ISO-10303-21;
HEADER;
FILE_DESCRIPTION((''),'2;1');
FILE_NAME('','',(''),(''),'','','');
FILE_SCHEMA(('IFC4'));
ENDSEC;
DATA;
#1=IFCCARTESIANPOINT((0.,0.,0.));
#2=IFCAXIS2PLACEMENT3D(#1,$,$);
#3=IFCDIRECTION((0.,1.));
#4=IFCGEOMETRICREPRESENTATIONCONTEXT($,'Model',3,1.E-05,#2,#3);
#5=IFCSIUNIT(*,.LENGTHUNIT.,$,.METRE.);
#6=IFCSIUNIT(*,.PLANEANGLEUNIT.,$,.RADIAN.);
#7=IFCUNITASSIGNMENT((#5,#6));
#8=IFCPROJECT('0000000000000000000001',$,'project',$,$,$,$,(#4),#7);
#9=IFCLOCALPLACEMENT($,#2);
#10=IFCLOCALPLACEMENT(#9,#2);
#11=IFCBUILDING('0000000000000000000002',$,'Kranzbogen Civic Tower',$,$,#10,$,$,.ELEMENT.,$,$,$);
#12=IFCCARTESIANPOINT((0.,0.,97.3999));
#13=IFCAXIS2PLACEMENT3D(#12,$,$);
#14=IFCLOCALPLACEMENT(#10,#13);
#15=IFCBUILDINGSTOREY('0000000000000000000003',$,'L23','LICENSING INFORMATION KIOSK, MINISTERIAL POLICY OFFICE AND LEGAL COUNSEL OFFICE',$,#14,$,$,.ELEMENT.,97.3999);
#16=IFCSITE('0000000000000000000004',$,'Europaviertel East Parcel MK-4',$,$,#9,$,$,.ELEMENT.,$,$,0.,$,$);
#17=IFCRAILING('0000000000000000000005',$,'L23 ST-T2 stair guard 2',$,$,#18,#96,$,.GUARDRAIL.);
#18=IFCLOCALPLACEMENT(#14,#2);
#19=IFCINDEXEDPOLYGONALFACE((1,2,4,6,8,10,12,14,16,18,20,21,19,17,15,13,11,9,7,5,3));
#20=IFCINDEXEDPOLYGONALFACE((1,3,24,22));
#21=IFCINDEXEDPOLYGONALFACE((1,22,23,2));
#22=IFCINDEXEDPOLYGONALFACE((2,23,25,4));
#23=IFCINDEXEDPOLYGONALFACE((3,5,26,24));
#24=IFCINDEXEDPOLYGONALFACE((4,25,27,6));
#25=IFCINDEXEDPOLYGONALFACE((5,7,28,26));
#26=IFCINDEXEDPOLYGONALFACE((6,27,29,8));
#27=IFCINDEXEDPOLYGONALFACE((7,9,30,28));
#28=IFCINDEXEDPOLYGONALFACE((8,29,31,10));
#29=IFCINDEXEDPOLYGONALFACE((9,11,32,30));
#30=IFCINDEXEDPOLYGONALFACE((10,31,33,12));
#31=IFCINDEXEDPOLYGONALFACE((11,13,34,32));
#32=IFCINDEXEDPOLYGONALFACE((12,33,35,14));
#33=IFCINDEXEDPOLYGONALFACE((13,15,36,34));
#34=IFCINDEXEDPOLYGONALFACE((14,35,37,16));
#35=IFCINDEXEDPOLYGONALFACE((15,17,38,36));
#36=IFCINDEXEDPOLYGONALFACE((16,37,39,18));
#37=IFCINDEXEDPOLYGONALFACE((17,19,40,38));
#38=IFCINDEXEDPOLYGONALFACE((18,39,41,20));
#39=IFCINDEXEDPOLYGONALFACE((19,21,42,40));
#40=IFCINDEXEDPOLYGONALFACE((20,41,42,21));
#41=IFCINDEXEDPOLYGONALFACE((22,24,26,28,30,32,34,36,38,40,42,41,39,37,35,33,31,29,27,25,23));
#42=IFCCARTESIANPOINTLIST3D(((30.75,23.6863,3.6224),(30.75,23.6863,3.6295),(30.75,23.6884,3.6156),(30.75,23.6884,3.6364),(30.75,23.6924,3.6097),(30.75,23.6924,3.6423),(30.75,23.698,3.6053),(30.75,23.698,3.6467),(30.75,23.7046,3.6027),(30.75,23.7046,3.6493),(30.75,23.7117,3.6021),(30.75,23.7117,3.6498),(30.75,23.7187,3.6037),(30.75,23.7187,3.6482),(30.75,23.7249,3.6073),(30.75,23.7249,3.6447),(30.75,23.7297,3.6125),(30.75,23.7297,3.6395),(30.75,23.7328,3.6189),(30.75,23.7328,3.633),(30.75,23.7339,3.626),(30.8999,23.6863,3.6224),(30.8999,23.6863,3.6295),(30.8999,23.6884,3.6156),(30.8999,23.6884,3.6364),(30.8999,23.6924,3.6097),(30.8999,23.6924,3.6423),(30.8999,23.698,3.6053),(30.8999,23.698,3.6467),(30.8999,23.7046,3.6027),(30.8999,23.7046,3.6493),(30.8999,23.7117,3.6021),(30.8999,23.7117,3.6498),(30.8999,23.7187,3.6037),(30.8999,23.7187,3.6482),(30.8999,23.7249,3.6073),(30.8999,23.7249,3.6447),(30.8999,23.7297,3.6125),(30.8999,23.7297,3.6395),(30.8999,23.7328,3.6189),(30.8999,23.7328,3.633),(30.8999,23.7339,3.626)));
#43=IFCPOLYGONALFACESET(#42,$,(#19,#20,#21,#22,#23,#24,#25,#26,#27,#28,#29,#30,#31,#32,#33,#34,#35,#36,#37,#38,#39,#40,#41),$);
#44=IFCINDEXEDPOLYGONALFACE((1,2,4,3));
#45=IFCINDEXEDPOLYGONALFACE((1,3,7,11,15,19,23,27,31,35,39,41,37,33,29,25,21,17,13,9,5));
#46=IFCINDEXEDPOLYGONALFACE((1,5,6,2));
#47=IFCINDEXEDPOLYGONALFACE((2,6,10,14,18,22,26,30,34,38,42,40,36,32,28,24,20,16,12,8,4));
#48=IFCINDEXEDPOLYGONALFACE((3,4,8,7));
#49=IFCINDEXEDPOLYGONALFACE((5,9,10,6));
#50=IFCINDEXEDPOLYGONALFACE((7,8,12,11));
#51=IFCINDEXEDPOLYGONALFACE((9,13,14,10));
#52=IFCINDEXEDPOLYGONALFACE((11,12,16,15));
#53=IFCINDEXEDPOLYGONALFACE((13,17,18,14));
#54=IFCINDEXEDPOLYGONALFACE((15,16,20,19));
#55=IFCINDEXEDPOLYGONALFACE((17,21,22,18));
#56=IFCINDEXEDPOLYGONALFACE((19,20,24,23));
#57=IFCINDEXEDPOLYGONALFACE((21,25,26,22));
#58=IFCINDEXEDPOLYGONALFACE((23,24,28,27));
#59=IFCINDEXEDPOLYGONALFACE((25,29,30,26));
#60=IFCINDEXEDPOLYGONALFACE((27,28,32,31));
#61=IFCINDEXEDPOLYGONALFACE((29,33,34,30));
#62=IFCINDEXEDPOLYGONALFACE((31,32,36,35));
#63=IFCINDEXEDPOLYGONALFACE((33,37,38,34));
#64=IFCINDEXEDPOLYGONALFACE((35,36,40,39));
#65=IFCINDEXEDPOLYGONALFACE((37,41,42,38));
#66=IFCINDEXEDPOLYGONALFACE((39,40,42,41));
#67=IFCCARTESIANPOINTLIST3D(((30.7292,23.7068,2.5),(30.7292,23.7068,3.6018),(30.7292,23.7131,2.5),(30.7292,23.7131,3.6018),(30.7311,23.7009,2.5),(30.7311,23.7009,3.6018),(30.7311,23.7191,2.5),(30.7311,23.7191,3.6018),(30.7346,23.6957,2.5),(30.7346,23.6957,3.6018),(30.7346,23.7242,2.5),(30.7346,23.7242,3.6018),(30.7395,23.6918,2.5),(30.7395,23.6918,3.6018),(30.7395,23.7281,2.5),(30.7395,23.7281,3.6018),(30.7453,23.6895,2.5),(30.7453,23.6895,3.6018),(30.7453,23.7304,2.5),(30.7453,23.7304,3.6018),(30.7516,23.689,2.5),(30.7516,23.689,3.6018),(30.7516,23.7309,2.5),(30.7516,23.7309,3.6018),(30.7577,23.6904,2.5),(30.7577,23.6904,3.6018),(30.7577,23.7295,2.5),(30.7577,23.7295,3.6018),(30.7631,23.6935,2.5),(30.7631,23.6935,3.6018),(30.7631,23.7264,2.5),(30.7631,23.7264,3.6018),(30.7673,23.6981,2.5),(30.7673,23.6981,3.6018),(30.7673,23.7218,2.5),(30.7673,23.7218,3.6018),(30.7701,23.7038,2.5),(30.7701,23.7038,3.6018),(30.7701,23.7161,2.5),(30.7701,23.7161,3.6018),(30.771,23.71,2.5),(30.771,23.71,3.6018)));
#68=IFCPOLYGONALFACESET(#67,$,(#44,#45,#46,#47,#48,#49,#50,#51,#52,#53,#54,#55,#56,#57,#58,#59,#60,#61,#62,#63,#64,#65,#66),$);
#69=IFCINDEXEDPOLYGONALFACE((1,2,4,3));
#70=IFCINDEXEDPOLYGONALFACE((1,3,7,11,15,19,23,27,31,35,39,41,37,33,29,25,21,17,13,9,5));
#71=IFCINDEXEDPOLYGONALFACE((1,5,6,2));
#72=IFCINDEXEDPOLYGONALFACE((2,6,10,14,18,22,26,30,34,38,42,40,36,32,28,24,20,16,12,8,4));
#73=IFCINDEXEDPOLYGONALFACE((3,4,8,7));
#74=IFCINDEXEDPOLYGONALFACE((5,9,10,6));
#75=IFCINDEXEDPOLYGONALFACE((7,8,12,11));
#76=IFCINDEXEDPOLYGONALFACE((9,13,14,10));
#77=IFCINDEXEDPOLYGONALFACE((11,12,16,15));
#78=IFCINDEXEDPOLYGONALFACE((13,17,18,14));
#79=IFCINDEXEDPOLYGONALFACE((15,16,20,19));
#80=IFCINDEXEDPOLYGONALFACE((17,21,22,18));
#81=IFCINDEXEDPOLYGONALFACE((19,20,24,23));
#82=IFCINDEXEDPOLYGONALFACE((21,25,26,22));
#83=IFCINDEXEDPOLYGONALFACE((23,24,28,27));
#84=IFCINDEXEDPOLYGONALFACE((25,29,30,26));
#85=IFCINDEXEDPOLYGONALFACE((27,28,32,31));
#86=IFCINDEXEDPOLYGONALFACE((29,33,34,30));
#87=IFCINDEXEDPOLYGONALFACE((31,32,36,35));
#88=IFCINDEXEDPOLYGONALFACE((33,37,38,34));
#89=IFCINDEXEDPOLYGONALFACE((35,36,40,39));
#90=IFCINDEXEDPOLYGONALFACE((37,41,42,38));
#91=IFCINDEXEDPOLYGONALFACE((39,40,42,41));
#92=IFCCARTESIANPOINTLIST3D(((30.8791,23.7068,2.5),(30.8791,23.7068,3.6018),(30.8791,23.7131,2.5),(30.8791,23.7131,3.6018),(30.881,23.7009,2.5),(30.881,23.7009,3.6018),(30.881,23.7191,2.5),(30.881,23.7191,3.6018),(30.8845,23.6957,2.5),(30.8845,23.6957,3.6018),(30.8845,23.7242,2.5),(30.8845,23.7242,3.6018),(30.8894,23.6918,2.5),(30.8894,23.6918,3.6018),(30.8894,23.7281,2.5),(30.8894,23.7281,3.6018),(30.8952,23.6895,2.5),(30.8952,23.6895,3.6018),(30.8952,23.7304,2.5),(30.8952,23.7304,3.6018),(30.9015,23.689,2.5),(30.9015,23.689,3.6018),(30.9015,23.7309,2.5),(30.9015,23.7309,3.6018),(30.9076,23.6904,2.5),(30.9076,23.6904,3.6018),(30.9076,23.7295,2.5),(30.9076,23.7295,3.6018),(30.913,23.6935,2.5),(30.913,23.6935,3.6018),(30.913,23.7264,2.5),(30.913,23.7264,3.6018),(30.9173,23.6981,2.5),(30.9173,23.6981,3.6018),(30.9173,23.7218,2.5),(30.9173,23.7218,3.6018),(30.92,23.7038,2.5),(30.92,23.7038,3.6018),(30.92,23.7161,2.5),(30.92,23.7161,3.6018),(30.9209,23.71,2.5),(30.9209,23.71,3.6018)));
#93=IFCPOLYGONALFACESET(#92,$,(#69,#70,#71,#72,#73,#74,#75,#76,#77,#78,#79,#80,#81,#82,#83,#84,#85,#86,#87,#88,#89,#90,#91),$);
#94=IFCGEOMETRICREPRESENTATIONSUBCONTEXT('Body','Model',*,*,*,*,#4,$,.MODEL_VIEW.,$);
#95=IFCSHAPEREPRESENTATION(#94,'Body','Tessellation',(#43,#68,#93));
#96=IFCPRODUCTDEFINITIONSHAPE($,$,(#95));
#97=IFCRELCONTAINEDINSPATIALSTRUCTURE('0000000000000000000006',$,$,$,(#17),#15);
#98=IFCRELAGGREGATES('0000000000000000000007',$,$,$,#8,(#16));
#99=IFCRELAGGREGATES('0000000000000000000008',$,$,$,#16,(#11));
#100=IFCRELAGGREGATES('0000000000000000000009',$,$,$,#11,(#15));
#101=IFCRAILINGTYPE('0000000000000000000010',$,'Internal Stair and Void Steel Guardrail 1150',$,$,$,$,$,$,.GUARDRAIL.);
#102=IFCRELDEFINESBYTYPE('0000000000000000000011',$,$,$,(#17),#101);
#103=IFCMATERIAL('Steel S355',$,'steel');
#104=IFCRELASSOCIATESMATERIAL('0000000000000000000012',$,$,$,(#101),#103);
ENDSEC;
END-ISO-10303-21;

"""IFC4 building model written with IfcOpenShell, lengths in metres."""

from ifc_helpers import new_model, si_unit, direction, frame, origin, origin_2d, place, context, subcontext, project, spatial, circle, extrude, material, type_object, element, save


model = new_model("IFC4")

# Units and contexts
model_context = context("Model", 3, precision=1e-05, world=origin(), true_north=direction((0.0, 1.0)))
body_context = subcontext(model_context, "Body", "Model", "MODEL_VIEW")
ifc_project = project(units=[si_unit("LENGTHUNIT", "METRE"), si_unit("PLANEANGLEUNIT", "RADIAN")], contexts=[model_context])

# Site, building, storey
site_placement = place(None, origin())
site = spatial("IfcSite", under=ifc_project, at=site_placement, Name="Europaviertel East Parcel MK-4", CompositionType="ELEMENT", RefElevation=0.0)
building_placement = place(site_placement, origin())
building = spatial("IfcBuilding", under=site, at=building_placement, Name="Kranzbogen Civic Tower", CompositionType="ELEMENT")
storey_placement = place(building_placement, frame((0.0, 0.0, 97.3999)))
storey = spatial("IfcBuildingStorey", under=building, at=storey_placement, Name="L23", Description="LICENSING INFORMATION KIOSK, MINISTERIAL POLICY OFFICE AND LEGAL COUNSEL OFFICE", CompositionType="ELEMENT", Elevation=97.3999)

# Shared definitions
ifc_material_1 = material(Name="Steel S355", Category="steel")

# Railing
railing_type_1 = type_object("IfcRailingType", Name="Internal Stair and Void Steel Guardrail 1150", PredefinedType="GUARDRAIL", material=ifc_material_1)
railing_1_placement = place(storey_placement, frame((30.75, 23.71, 2.5)))
element("IfcRailing", 1, at=railing_1_placement, inside=storey, type_object=railing_type_1, Name="L23 ST-T2 stair guard 2", PredefinedType="GUARDRAIL", context=body_context, shape_type="SweptSolid", body=[
    extrude(circle(Radius=0.0239, at=origin_2d()), frame((0.0, 0.0, 1.126), z_axis=(1.0, 0.0, 0.0), x_axis=(0.0, 1.0, 0.0)), (0.0, 0.0, 1.0), 0.1499),
    extrude(circle(Radius=0.021, at=origin_2d()), origin(), (0.0, 0.0, 1.0), 1.1018),
    extrude(circle(Radius=0.021, at=origin_2d()), frame((0.1499, 0.0, 0.0)), (0.0, 0.0, 1.0), 1.1018),
])

save(model, "model.ifc")
